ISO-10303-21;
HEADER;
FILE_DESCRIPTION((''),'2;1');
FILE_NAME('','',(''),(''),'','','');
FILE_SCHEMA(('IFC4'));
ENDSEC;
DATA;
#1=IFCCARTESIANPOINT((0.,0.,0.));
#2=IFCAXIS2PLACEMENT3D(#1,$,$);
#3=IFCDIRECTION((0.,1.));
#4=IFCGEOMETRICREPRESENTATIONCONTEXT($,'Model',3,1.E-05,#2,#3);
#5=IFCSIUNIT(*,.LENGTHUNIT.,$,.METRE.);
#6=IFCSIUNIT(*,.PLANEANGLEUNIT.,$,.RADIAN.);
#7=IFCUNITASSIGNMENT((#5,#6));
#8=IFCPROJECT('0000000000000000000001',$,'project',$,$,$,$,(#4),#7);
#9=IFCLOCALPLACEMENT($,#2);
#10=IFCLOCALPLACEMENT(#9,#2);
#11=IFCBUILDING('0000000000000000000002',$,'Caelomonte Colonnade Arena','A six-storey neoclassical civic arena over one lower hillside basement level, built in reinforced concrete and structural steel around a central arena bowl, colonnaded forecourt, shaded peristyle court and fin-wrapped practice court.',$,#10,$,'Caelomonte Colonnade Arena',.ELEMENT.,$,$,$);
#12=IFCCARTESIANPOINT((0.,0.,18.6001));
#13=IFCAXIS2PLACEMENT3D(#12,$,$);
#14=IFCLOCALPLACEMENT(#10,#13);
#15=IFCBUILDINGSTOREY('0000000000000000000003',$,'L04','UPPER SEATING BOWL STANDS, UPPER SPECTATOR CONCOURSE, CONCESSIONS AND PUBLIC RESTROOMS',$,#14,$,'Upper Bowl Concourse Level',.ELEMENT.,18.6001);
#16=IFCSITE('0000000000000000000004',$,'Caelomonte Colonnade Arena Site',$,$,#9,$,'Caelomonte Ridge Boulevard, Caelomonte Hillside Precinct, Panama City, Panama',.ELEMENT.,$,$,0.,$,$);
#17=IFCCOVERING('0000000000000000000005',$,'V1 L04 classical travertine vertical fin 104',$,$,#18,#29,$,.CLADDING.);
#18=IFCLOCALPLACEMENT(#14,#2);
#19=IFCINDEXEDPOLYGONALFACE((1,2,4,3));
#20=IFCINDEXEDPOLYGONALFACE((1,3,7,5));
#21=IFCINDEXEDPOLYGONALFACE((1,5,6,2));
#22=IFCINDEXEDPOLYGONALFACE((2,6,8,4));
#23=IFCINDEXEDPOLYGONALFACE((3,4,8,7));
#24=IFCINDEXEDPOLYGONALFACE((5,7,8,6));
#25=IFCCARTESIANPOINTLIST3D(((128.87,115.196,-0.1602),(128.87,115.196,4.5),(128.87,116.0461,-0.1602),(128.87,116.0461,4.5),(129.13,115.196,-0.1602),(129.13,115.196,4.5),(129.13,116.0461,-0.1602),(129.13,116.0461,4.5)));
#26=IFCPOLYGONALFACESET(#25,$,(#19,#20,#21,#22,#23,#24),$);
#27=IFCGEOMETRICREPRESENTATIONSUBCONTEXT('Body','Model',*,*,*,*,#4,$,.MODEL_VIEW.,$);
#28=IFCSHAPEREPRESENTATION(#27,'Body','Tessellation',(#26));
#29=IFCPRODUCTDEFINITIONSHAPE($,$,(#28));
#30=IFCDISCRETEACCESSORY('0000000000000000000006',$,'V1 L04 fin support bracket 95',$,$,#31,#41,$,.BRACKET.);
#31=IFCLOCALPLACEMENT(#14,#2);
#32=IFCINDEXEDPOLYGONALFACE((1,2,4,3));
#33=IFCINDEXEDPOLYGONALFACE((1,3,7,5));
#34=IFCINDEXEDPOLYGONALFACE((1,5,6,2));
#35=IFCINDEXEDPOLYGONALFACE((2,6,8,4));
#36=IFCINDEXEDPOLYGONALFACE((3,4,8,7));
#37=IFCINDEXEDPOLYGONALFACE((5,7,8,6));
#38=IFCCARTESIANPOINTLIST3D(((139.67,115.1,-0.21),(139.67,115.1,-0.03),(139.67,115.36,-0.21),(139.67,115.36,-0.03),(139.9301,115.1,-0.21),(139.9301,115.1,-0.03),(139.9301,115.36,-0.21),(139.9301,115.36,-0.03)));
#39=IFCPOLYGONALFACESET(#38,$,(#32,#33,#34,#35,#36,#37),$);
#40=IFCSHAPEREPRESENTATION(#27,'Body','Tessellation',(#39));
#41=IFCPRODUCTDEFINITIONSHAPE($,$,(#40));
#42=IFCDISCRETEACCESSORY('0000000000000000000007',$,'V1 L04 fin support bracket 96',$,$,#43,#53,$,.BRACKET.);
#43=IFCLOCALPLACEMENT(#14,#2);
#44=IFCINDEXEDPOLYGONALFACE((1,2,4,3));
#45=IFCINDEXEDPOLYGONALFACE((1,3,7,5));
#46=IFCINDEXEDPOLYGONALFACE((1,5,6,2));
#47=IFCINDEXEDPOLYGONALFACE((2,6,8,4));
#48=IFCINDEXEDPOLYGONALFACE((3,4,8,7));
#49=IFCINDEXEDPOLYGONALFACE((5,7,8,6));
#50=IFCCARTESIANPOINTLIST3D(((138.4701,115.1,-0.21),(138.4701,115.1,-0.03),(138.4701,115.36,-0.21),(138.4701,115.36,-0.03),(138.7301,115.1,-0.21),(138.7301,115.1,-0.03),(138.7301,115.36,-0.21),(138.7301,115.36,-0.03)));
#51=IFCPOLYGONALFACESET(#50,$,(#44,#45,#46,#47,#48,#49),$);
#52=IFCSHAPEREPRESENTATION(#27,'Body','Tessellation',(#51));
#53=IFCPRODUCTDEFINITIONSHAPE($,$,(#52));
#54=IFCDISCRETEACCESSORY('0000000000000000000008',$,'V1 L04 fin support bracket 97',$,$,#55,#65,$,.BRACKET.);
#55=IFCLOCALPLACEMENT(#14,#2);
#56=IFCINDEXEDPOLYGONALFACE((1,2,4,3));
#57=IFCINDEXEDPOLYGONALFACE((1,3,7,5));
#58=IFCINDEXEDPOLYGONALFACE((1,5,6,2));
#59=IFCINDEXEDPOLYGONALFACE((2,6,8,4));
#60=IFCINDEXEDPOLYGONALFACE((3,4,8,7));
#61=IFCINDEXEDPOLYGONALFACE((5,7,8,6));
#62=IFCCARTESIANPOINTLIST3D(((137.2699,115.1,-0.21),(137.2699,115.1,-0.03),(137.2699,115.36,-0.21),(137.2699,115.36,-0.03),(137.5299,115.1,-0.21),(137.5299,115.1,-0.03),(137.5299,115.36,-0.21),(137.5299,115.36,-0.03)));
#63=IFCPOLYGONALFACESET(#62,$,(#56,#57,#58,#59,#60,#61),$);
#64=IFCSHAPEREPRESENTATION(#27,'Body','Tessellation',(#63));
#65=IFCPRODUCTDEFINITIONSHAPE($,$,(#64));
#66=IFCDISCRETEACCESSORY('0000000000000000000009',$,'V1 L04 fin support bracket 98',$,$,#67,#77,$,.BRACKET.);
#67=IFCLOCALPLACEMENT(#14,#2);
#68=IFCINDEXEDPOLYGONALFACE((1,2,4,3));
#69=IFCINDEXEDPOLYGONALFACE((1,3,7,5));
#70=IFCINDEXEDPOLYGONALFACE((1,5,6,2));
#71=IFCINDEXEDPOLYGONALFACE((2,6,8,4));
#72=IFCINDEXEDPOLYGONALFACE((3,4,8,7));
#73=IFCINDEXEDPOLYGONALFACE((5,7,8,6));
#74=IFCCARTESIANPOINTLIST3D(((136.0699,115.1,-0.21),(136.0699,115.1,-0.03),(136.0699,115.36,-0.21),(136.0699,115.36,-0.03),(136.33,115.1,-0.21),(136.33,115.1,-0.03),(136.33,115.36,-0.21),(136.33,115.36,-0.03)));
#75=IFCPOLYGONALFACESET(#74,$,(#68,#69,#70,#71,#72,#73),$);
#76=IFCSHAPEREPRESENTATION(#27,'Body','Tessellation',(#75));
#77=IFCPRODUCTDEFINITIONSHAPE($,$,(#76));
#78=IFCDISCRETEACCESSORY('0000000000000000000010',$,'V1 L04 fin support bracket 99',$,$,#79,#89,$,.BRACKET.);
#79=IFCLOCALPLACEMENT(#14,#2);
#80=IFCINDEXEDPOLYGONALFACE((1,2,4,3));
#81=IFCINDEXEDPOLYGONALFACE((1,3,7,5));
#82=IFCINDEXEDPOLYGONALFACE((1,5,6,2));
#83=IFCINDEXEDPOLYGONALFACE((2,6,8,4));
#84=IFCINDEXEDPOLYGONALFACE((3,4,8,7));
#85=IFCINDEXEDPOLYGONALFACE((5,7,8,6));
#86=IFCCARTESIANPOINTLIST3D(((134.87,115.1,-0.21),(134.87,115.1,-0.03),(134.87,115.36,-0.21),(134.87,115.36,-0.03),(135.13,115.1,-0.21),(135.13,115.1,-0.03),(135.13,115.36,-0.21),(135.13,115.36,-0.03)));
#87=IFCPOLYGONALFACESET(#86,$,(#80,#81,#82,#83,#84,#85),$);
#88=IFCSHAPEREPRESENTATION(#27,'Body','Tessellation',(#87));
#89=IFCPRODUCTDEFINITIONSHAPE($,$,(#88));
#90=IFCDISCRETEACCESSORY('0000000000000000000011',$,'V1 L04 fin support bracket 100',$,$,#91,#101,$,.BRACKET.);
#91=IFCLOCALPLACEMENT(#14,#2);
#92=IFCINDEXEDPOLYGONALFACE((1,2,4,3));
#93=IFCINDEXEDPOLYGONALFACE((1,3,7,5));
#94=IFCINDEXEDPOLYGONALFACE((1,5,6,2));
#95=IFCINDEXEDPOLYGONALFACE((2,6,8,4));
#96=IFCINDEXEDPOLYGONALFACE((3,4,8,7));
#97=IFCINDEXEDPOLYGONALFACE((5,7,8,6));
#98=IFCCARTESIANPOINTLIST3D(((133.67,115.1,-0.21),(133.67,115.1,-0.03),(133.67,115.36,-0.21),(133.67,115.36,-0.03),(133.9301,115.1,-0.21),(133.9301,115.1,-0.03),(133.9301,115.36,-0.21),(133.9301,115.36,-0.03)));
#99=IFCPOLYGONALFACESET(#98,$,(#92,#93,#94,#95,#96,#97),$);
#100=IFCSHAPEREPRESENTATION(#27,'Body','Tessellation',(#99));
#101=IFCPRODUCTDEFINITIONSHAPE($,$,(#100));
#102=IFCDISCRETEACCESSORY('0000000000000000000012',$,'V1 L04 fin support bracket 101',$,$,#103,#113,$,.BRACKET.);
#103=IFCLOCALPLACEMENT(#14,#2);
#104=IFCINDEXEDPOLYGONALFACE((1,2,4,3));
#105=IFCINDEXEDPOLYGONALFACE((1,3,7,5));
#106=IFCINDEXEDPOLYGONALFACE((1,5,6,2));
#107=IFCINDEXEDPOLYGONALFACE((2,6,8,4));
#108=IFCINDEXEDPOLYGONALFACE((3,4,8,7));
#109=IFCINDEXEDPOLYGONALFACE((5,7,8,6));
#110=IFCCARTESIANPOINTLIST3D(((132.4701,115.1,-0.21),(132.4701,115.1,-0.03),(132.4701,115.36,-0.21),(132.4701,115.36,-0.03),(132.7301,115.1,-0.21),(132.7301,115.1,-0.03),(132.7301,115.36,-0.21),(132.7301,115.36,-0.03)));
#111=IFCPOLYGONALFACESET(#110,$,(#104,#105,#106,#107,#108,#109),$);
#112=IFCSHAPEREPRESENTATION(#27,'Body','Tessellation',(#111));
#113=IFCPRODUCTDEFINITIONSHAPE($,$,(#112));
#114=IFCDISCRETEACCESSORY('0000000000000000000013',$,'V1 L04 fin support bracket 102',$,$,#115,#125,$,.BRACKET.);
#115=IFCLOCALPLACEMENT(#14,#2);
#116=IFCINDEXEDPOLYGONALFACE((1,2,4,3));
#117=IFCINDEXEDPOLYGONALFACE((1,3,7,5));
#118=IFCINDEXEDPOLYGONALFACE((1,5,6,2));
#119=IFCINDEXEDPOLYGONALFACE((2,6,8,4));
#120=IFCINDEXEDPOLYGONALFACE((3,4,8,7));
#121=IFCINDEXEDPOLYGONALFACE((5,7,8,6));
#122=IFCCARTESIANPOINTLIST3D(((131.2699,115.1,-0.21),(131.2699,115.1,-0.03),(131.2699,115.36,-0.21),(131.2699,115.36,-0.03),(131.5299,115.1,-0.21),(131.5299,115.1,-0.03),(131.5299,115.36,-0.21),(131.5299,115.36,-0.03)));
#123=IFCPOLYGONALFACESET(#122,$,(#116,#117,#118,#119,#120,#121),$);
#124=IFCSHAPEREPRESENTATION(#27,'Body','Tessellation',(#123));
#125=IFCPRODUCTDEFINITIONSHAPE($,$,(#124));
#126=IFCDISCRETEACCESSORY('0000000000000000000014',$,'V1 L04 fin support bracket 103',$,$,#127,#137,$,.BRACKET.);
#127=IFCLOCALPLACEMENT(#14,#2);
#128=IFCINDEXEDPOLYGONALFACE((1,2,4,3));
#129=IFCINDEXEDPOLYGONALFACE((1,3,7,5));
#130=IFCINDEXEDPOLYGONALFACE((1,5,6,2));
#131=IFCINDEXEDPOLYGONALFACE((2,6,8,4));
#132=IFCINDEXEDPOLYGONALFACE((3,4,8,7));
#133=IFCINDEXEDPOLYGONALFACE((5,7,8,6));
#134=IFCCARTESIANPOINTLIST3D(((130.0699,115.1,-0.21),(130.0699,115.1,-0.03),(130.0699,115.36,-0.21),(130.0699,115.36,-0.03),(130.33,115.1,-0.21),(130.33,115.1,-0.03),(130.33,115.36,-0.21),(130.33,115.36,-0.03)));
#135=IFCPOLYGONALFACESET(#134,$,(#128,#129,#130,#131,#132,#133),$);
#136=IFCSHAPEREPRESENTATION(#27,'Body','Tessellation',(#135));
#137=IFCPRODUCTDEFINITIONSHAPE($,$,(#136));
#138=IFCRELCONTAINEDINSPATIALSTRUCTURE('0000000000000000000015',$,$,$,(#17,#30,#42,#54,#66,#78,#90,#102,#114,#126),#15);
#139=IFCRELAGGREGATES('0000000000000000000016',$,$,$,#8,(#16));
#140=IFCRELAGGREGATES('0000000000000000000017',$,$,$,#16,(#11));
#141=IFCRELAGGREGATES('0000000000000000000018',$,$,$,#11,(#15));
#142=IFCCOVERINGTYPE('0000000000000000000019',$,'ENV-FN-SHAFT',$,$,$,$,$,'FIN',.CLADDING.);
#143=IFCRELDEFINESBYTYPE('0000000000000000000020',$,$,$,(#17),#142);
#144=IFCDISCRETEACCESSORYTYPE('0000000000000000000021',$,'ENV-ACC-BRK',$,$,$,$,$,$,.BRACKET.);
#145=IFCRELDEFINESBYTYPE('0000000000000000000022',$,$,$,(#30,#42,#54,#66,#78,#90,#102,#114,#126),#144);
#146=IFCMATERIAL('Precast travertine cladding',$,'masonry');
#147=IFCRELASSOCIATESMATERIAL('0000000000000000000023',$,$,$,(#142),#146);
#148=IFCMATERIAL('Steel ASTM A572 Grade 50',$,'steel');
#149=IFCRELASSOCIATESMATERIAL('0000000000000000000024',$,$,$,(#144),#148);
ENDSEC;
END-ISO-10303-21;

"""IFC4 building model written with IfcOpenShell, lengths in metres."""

from ifc_helpers import new_model, si_unit, direction, frame, origin, origin_2d, place, context, subcontext, project, spatial, rectangle, extrude, material, material_profile, profile_set, type_object, element, save


model = new_model("IFC4")

# Units and contexts
model_context = context("Model", 3, precision=1e-05, world=origin(), true_north=direction((0.0, 1.0)))
body_context = subcontext(model_context, "Body", "Model", "MODEL_VIEW")
ifc_project = project(units=[si_unit("LENGTHUNIT", "METRE"), si_unit("PLANEANGLEUNIT", "RADIAN")], contexts=[model_context])

# Site, building, storey
site_placement = place(None, origin())
site = spatial("IfcSite", under=ifc_project, at=site_placement, Name="Caelomonte Colonnade Arena Site", LongName="Caelomonte Ridge Boulevard, Caelomonte Hillside Precinct, Panama City, Panama", CompositionType="ELEMENT", RefElevation=0.0)
building_placement = place(site_placement, origin())
building = spatial("IfcBuilding", under=site, at=building_placement, Name="Caelomonte Colonnade Arena", Description="A six-storey neoclassical civic arena over one lower hillside basement level, built in reinforced concrete and structural steel around a central arena bowl, colonnaded forecourt, shaded peristyle court and fin-wrapped practice court.", LongName="Caelomonte Colonnade Arena", CompositionType="ELEMENT")
storey_placement = place(building_placement, frame((0.0, 0.0, 18.6001)))
storey = spatial("IfcBuildingStorey", under=building, at=storey_placement, Name="L04", Description="UPPER SEATING BOWL STANDS, UPPER SPECTATOR CONCOURSE, CONCESSIONS AND PUBLIC RESTROOMS", LongName="Upper Bowl Concourse Level", CompositionType="ELEMENT", Elevation=18.6001)

# Covering
ifc_material_1 = material(Name="Precast travertine cladding", Category="masonry")
ifc_material_profile_1 = material_profile(ifc_material_1, rectangle(XDim=0.26, YDim=0.8501, at=origin_2d()), Name="FIN260X850")
ifc_profile_set_1 = profile_set([ifc_material_profile_1], Name="Precast travertine cladding")
covering_type = type_object("IfcCoveringType", Name="ENV-FN-SHAFT", ElementType="FIN", PredefinedType="CLADDING", material=ifc_profile_set_1)
for number, where, z_axis, x_axis, name in (
    (1, (129.0, 115.6211, -0.1602), (0.0, 0.0, 1.0), (1.0, 0.0, 0.0), "V1 L04 classical travertine vertical fin 104"),
):
    element("IfcCovering", number, at=place(storey_placement, frame(where, z_axis=z_axis, x_axis=x_axis)), inside=storey, type_object=covering_type, Name=name, PredefinedType="CLADDING", context=body_context, shape_type="SweptSolid", body=[
        extrude(rectangle(XDim=0.26, YDim=0.8501, at=origin_2d()), origin(), (0.0, 0.0, 1.0), 4.6602),
    ])

# Discrete accessories
ifc_material_2 = material(Name="Steel ASTM A572 Grade 50", Category="steel")
discrete_accessory_type = type_object("IfcDiscreteAccessoryType", Name="ENV-ACC-BRK", PredefinedType="BRACKET", material=ifc_material_2)
for number, where, z_axis, x_axis, name in (
    (2, (139.8, 115.23, -0.21), (0.0, 0.0, 1.0), (-1.0, 0.0, 0.0), "V1 L04 fin support bracket 95"),
    (3, (138.6001, 115.23, -0.21), (0.0, 0.0, 1.0), (-1.0, 0.0, 0.0), "V1 L04 fin support bracket 96"),
    (4, (137.3999, 115.23, -0.21), (0.0, 0.0, 1.0), (-1.0, 0.0, 0.0), "V1 L04 fin support bracket 97"),
    (5, (136.2, 115.23, -0.21), (0.0, 0.0, 1.0), (-1.0, 0.0, 0.0), "V1 L04 fin support bracket 98"),
    (6, (135.0, 115.23, -0.21), (0.0, 0.0, 1.0), (-1.0, 0.0, 0.0), "V1 L04 fin support bracket 99"),
    (7, (133.8, 115.23, -0.21), (0.0, 0.0, 1.0), (-1.0, 0.0, 0.0), "V1 L04 fin support bracket 100"),
    (8, (132.6001, 115.23, -0.21), (0.0, 0.0, 1.0), (-1.0, 0.0, 0.0), "V1 L04 fin support bracket 101"),
    (9, (131.3999, 115.23, -0.21), (0.0, 0.0, 1.0), (-1.0, 0.0, 0.0), "V1 L04 fin support bracket 102"),
    (10, (130.2, 115.23, -0.21), (0.0, 0.0, 1.0), (-1.0, 0.0, 0.0), "V1 L04 fin support bracket 103"),
):
    element("IfcDiscreteAccessory", number, at=place(storey_placement, frame(where, z_axis=z_axis, x_axis=x_axis)), inside=storey, type_object=discrete_accessory_type, Name=name, PredefinedType="BRACKET", context=body_context, shape_type="SweptSolid", body=[
        extrude(rectangle(XDim=0.26, YDim=0.26, at=origin_2d()), origin(), (0.0, 0.0, 1.0), 0.1799),
    ])

save(model, "model.ifc")
